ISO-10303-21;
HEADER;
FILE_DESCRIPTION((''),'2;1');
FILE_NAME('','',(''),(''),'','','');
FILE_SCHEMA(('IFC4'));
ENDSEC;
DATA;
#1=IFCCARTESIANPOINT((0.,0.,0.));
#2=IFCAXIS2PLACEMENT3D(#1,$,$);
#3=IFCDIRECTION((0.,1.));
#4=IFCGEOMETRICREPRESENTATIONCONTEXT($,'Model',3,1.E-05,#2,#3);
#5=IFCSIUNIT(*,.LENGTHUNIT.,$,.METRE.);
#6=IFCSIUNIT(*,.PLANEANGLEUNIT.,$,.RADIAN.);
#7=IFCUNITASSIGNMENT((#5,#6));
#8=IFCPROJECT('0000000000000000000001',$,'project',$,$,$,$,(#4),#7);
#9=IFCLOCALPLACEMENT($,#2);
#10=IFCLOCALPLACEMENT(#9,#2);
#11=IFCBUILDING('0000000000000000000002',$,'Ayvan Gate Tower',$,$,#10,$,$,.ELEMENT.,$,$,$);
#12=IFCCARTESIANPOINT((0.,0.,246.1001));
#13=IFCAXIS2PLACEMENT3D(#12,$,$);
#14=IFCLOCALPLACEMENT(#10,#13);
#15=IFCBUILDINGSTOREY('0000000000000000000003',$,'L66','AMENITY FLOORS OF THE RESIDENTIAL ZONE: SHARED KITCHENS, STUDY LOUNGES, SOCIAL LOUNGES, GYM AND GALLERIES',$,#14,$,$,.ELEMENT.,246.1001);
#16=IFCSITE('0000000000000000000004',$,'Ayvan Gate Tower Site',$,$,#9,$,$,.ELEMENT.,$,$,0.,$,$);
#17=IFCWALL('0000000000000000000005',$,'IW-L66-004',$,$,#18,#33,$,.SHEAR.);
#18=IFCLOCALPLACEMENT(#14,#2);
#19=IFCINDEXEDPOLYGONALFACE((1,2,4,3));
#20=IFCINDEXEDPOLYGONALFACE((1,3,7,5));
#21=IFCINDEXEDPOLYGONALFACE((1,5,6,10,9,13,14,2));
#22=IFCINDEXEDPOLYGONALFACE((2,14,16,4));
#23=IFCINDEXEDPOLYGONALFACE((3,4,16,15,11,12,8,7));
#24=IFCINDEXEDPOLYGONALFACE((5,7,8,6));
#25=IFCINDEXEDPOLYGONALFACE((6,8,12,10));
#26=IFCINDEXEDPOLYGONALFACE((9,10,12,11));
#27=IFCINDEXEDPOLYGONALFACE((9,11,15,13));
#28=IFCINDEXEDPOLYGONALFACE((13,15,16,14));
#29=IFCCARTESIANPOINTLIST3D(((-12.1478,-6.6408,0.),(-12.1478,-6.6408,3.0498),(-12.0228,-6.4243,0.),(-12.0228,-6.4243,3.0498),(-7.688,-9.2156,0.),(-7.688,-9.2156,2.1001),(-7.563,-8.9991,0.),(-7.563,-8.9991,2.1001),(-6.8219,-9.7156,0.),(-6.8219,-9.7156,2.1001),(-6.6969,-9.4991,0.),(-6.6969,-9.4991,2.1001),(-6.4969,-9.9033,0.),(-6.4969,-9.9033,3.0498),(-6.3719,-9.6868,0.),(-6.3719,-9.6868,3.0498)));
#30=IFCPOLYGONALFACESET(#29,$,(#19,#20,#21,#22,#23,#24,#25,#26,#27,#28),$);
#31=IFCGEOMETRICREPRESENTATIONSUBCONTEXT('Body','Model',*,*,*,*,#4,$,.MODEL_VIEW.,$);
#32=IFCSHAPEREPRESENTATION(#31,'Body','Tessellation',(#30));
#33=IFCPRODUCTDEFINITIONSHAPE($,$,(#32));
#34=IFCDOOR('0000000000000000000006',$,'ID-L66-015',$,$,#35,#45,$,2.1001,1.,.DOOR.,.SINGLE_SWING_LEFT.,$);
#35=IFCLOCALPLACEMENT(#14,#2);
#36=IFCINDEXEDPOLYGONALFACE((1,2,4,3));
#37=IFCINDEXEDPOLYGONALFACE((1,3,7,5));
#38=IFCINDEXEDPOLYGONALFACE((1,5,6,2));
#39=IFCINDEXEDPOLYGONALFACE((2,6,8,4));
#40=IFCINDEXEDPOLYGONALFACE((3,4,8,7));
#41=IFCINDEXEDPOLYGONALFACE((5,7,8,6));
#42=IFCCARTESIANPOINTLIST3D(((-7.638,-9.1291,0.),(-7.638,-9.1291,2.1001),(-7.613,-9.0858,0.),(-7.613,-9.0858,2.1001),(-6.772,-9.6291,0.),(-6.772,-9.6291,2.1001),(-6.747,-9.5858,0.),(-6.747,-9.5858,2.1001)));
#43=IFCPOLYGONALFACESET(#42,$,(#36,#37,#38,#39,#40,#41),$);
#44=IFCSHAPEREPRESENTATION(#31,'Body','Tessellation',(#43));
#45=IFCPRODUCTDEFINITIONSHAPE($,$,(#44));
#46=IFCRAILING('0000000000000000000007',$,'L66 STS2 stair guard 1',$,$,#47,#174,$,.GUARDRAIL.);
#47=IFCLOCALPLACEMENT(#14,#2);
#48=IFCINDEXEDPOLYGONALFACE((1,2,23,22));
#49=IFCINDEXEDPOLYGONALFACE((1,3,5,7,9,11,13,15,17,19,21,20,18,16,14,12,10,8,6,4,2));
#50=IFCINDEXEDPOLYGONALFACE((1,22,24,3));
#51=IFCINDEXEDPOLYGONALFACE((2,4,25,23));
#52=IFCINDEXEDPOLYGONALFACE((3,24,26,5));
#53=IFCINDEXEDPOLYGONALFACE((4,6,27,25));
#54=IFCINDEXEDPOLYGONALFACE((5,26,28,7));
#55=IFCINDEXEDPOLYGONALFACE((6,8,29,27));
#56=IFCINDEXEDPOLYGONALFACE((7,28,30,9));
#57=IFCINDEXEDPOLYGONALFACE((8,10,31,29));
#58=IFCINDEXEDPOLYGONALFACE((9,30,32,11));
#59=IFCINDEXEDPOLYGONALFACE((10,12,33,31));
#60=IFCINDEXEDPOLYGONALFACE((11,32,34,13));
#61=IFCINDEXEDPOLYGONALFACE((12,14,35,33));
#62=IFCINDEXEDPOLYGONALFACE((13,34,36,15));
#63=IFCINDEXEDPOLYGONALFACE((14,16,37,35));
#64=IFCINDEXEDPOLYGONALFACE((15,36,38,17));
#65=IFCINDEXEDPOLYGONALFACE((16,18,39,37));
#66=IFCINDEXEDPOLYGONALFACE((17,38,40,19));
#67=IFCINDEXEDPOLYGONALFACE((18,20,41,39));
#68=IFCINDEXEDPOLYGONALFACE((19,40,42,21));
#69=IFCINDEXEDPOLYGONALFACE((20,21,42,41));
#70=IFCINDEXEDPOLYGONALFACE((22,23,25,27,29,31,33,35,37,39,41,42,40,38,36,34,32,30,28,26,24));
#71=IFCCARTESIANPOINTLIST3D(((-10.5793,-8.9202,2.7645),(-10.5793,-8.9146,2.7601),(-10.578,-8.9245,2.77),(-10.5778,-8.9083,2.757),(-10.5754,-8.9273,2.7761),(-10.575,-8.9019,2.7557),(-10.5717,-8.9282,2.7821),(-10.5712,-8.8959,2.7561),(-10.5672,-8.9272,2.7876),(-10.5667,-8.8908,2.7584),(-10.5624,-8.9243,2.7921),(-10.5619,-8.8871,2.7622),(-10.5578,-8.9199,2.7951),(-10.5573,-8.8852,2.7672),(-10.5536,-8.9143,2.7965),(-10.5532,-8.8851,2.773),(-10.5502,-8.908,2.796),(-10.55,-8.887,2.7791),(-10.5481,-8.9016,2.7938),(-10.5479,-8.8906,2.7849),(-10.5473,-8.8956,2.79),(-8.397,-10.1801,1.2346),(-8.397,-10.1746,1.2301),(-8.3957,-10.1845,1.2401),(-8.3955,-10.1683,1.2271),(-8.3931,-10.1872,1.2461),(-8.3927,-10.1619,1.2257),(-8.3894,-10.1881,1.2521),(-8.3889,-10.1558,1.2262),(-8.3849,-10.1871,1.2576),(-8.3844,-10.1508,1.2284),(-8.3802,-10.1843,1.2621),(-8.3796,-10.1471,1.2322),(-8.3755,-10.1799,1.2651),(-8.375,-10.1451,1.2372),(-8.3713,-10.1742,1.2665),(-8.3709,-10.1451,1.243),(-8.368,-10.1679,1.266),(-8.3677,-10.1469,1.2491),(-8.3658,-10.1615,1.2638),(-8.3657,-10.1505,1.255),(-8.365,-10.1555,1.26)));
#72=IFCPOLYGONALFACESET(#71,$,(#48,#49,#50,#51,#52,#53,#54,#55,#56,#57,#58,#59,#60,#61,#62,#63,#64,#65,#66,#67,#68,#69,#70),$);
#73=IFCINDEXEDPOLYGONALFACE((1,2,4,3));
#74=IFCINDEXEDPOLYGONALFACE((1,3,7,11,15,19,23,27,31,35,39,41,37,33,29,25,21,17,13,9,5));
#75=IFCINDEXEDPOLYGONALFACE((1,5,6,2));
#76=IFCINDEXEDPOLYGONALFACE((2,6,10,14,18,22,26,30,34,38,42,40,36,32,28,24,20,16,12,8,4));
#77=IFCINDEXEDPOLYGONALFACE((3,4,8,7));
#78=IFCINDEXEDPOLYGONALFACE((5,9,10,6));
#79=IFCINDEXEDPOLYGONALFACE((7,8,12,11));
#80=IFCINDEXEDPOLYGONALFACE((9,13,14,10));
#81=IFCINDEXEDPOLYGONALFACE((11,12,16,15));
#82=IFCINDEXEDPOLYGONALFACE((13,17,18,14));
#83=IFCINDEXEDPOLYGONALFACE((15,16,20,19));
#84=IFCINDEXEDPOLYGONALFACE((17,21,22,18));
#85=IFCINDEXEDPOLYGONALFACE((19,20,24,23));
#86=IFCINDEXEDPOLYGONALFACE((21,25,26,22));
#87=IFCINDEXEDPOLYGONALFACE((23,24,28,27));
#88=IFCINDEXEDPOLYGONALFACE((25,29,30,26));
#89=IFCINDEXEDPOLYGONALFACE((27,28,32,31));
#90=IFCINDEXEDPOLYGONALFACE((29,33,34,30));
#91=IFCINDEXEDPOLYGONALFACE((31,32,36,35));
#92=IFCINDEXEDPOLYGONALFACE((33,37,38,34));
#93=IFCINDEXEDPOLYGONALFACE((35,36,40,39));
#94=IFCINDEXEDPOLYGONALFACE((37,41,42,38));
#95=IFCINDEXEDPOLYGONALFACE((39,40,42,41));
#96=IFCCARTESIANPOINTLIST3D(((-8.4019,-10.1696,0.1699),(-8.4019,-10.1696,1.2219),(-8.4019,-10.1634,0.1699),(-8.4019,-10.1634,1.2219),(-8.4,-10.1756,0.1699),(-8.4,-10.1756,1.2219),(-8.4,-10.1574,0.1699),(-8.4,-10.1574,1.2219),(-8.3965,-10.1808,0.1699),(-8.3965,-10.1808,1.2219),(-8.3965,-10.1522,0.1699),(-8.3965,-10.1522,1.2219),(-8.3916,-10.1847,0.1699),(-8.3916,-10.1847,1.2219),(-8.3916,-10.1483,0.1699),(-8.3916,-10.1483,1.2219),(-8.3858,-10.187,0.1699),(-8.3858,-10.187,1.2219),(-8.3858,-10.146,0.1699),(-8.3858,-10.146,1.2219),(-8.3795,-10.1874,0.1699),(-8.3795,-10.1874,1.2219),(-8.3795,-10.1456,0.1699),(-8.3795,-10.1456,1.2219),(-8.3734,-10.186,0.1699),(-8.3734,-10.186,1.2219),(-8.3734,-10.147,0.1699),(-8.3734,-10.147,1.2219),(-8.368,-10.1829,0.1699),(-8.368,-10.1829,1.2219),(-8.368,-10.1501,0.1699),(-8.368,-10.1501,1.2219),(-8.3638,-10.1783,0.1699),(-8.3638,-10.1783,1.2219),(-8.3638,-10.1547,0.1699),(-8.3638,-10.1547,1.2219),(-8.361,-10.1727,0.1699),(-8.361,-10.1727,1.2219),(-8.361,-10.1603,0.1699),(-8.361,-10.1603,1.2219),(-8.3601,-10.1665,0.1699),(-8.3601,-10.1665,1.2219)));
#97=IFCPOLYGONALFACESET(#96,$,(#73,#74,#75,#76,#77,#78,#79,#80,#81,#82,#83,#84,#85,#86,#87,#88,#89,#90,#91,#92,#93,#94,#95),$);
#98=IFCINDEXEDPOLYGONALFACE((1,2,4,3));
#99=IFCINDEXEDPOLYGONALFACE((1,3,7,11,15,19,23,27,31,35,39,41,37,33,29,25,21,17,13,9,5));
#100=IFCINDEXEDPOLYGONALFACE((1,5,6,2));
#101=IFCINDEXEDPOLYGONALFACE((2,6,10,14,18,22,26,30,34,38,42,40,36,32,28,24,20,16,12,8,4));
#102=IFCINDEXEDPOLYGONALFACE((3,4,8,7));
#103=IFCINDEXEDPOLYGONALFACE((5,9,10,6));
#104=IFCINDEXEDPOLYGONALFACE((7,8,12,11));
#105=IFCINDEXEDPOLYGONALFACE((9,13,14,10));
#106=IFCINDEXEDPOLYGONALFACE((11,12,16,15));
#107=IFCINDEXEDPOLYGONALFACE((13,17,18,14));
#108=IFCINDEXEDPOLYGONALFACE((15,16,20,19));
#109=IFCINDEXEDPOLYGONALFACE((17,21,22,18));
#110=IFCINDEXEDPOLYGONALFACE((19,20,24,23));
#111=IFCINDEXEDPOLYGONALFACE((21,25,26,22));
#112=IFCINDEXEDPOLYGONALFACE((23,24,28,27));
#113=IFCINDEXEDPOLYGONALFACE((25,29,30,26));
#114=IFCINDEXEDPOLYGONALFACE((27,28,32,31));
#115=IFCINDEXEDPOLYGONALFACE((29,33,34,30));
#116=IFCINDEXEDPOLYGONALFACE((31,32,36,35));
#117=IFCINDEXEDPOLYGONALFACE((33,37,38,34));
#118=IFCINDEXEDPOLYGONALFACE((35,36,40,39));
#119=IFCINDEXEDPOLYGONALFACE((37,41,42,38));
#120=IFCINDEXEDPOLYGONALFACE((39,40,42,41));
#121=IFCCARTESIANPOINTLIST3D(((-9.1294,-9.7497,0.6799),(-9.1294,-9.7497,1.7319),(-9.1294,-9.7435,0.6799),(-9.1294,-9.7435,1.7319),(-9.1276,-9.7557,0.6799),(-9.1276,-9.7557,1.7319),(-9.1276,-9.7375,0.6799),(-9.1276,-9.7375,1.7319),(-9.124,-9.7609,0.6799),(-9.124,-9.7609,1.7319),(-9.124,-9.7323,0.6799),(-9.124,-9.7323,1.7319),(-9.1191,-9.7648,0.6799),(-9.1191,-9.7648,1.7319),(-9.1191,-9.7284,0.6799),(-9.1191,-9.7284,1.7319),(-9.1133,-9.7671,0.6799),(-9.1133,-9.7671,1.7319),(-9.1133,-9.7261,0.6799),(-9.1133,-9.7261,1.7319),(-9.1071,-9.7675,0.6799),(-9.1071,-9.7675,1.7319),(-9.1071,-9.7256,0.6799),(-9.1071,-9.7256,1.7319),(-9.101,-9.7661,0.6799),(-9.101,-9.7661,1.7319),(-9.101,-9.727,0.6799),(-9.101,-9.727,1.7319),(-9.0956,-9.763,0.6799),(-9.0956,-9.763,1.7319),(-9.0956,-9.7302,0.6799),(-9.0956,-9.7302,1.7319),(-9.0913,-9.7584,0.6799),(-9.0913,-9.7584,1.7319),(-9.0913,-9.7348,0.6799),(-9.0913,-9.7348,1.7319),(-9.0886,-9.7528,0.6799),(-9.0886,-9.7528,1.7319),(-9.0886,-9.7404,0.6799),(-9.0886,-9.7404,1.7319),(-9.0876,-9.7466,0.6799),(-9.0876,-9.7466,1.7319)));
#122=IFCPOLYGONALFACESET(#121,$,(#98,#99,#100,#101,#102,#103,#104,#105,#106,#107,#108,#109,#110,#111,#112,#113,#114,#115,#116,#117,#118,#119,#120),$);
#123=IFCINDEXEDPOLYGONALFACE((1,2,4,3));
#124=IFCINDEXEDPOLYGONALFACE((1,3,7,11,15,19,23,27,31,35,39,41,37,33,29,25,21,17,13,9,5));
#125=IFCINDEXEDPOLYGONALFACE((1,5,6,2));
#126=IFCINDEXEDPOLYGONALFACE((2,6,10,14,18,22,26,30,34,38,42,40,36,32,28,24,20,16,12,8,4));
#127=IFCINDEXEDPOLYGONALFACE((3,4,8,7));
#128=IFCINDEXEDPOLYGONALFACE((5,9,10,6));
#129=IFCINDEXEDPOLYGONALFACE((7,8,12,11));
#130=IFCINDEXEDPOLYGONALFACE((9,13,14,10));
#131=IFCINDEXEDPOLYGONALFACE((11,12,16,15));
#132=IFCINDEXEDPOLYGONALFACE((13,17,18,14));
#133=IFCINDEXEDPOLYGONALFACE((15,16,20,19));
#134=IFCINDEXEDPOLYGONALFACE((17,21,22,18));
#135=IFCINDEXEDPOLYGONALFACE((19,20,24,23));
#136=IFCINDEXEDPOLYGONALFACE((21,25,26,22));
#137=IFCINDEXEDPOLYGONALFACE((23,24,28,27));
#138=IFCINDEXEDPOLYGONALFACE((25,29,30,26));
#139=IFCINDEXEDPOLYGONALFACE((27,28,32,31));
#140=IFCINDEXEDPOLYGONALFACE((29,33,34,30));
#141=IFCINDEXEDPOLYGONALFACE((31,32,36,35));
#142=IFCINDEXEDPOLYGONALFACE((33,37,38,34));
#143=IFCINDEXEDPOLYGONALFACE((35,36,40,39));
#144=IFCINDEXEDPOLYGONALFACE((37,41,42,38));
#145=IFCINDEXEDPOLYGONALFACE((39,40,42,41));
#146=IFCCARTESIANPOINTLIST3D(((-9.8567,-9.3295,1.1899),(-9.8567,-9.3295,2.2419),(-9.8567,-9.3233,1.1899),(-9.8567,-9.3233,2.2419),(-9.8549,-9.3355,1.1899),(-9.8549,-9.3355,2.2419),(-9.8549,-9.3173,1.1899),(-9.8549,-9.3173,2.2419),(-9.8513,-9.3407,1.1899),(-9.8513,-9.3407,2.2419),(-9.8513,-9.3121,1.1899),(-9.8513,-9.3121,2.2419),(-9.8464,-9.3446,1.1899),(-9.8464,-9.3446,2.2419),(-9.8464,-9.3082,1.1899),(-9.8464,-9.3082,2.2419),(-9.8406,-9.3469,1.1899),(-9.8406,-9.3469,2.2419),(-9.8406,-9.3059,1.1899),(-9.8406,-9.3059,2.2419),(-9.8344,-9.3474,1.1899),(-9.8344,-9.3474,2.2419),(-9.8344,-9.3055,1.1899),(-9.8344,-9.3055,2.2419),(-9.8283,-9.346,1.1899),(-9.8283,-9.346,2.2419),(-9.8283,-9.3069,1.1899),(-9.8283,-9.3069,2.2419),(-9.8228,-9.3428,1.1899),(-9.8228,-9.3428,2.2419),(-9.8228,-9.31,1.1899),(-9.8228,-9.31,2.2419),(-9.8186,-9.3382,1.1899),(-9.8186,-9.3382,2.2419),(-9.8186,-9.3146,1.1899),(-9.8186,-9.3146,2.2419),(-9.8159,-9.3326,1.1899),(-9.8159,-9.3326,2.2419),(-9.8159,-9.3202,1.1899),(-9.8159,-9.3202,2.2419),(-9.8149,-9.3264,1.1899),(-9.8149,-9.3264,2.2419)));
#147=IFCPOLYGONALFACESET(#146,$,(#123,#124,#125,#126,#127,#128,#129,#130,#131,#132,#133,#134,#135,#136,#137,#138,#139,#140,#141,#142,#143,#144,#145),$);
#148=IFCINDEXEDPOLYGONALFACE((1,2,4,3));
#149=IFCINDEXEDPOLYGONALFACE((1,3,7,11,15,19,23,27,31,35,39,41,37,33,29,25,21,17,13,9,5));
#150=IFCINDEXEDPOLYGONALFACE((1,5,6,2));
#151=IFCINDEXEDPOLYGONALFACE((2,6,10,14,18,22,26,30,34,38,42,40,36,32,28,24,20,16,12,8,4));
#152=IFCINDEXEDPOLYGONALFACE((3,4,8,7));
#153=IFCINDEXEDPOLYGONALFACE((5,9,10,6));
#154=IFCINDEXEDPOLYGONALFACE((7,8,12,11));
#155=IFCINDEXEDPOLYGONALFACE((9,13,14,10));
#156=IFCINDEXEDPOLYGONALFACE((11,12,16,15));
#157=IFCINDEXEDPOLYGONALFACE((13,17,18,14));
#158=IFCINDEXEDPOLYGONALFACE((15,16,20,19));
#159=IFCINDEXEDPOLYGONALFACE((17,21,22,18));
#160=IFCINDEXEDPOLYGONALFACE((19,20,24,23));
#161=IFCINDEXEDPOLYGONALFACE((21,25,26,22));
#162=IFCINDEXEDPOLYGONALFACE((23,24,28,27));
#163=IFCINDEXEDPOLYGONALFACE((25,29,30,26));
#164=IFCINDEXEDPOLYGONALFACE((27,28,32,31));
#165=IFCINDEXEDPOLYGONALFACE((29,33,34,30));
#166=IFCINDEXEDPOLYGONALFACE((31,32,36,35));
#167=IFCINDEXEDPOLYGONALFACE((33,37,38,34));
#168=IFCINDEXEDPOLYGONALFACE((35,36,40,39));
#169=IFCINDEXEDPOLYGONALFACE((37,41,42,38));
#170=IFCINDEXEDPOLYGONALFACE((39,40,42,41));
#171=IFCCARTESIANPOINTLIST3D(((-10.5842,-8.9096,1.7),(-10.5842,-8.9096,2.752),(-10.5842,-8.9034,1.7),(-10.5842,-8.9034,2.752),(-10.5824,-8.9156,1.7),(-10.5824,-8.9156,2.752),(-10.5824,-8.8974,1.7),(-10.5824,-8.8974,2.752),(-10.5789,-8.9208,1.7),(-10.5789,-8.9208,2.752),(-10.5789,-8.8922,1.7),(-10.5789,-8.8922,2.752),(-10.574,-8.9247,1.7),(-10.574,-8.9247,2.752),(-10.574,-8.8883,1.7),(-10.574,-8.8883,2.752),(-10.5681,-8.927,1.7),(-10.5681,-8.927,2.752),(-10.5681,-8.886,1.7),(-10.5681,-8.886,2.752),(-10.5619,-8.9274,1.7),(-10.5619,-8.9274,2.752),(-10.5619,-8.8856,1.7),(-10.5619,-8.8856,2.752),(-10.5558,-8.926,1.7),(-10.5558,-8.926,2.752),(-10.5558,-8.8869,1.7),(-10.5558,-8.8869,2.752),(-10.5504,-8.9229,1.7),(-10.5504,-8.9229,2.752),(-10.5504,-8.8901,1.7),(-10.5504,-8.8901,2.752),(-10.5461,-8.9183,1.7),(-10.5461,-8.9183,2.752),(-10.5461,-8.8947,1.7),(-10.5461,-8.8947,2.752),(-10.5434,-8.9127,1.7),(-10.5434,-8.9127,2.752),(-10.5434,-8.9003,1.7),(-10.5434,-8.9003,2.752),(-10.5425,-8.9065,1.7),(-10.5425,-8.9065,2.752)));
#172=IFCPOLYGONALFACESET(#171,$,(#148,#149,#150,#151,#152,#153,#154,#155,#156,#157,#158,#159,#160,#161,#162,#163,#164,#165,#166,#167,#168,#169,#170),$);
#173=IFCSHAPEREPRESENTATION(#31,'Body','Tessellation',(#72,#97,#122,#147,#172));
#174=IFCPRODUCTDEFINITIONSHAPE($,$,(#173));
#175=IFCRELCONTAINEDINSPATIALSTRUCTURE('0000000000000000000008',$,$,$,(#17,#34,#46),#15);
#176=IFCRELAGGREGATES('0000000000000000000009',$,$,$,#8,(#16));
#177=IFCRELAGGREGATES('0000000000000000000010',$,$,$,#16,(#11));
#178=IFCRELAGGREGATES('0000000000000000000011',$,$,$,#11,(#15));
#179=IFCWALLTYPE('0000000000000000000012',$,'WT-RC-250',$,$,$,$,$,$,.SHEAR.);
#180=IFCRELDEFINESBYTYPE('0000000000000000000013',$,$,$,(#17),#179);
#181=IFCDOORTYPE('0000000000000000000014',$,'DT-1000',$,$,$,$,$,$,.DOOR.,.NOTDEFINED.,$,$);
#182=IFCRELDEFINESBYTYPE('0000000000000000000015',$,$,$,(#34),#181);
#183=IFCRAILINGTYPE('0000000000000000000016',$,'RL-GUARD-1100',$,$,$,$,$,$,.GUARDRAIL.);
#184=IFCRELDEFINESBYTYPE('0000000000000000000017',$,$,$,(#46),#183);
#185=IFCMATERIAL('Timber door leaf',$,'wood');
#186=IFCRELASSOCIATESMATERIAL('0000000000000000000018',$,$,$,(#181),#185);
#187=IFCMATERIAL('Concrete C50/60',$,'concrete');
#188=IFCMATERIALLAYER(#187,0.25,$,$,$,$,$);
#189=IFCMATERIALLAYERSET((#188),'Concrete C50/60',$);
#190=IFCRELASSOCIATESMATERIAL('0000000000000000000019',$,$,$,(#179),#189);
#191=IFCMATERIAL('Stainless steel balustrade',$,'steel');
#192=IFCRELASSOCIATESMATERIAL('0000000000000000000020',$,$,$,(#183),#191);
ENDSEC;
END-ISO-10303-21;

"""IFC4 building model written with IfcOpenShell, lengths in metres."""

from ifc_helpers import new_model, si_unit, direction, frame, frame_2d, origin, origin_2d, place, context, subcontext, project, spatial, rectangle, circle, extrude, material, layer, layer_set, type_object, element, fill, save


model = new_model("IFC4")

# Units and contexts
model_context = context("Model", 3, precision=1e-05, world=origin(), true_north=direction((0.0, 1.0)))
body_context = subcontext(model_context, "Body", "Model", "MODEL_VIEW")
ifc_project = project(units=[si_unit("LENGTHUNIT", "METRE"), si_unit("PLANEANGLEUNIT", "RADIAN")], contexts=[model_context])

# Site, building, storey
site_placement = place(None, origin())
site = spatial("IfcSite", under=ifc_project, at=site_placement, Name="Ayvan Gate Tower Site", CompositionType="ELEMENT", RefElevation=0.0)
building_placement = place(site_placement, origin())
building = spatial("IfcBuilding", under=site, at=building_placement, Name="Ayvan Gate Tower", CompositionType="ELEMENT")
storey_placement = place(building_placement, frame((0.0, 0.0, 246.1001)))
storey = spatial("IfcBuildingStorey", under=building, at=storey_placement, Name="L66", Description="AMENITY FLOORS OF THE RESIDENTIAL ZONE: SHARED KITCHENS, STUDY LOUNGES, SOCIAL LOUNGES, GYM AND GALLERIES", CompositionType="ELEMENT", Elevation=246.1001)

# Shared definitions
ifc_material_1 = material(Name="Timber door leaf", Category="wood")
door_type_1 = type_object("IfcDoorType", Name="DT-1000", OperationType="NOTDEFINED", PredefinedType="DOOR", material=ifc_material_1)

# Wall, opening, door
ifc_material_2 = material(Name="Concrete C50/60", Category="concrete")
ifc_layer_1 = layer(ifc_material_2, 0.25)
ifc_layer_set_1 = layer_set([ifc_layer_1], Name="Concrete C50/60")
wall_type_1 = type_object("IfcWallType", Name="WT-RC-250", PredefinedType="SHEAR", material=ifc_layer_set_1)
wall_1_placement = place(storey_placement, frame((-12.0854, -6.5325, 0.0), z_axis=(0.0, 0.0, 1.0), x_axis=(0.866031, -0.49999, 0.0)))
wall_1 = element("IfcWall", 1, at=wall_1_placement, inside=storey, type_object=wall_type_1, Name="IW-L66-004", PredefinedType="SHEAR", context=body_context, shape_type="SweptSolid", body=[
    extrude(rectangle(XDim=6.5251, YDim=0.25, at=frame_2d((3.2627, 0.0))), origin(), (0.0, 0.0, 1.0), 3.0498),
])
opening_1_placement = place(wall_1_placement, frame((5.1499, 0.0, 0.0)))
opening_1 = element("IfcOpeningElement", 2, at=opening_1_placement, cuts=wall_1, PredefinedType="OPENING", context=body_context, shape_type="SweptSolid", body=[
    extrude(rectangle(XDim=1.0, YDim=2.1001, at=frame_2d((0.5, 1.05))), frame((0.0, 0.135, 0.0), z_axis=(0.0, -1.0, 0.0), x_axis=(1.0, 0.0, 0.0)), (0.0, 0.0, 1.0), 0.27),
])
door_1_placement = place(opening_1_placement, origin())
door_1 = element("IfcDoor", 3, at=door_1_placement, inside=storey, type_object=door_type_1, Name="ID-L66-015", OperationType="SINGLE_SWING_LEFT", OverallHeight=2.1001, OverallWidth=1.0, PredefinedType="DOOR", context=body_context, shape_type="SweptSolid", body=[
    extrude(rectangle(XDim=1.0, YDim=2.1001, at=frame_2d((0.5, 1.05))), frame((0.0, 0.0249, 0.0), z_axis=(0.0, -1.0, 0.0), x_axis=(1.0, 0.0, 0.0)), (0.0, 0.0, 1.0), 0.05),
])
fill(opening_1, door_1)

# Railing
ifc_material_3 = material(Name="Stainless steel balustrade", Category="steel")
railing_type_1 = type_object("IfcRailingType", Name="RL-GUARD-1100", PredefinedType="GUARDRAIL", material=ifc_material_3)
railing_1_placement = place(storey_placement, frame((-8.3811, -10.1665, 0.1699)))
element("IfcRailing", 4, at=railing_1_placement, inside=storey, type_object=railing_type_1, Name="L66 STS2 stair guard 1", PredefinedType="GUARDRAIL", context=body_context, shape_type="SweptSolid", body=[
    extrude(circle(Radius=0.0239, at=origin_2d()), frame((0.0, 0.0, 1.0762), z_axis=(-0.740261, 0.427395, 0.518986), x_axis=(-0.500005, -0.866023, 0.0)), (0.0, 0.0, 1.0), 2.948),
    extrude(circle(Radius=0.021, at=origin_2d()), origin(), (0.0, 0.0, 1.0), 1.052),
    extrude(circle(Radius=0.021, at=origin_2d()), frame((-0.7275, 0.4199, 0.51)), (0.0, 0.0, 1.0), 1.052),
    extrude(circle(Radius=0.021, at=origin_2d()), frame((-1.4548, 0.8401, 1.02)), (0.0, 0.0, 1.0), 1.052),
    extrude(circle(Radius=0.021, at=origin_2d()), frame((-2.1824, 1.26, 1.53)), (0.0, 0.0, 1.0), 1.052),
])

save(model, "model.ifc")
